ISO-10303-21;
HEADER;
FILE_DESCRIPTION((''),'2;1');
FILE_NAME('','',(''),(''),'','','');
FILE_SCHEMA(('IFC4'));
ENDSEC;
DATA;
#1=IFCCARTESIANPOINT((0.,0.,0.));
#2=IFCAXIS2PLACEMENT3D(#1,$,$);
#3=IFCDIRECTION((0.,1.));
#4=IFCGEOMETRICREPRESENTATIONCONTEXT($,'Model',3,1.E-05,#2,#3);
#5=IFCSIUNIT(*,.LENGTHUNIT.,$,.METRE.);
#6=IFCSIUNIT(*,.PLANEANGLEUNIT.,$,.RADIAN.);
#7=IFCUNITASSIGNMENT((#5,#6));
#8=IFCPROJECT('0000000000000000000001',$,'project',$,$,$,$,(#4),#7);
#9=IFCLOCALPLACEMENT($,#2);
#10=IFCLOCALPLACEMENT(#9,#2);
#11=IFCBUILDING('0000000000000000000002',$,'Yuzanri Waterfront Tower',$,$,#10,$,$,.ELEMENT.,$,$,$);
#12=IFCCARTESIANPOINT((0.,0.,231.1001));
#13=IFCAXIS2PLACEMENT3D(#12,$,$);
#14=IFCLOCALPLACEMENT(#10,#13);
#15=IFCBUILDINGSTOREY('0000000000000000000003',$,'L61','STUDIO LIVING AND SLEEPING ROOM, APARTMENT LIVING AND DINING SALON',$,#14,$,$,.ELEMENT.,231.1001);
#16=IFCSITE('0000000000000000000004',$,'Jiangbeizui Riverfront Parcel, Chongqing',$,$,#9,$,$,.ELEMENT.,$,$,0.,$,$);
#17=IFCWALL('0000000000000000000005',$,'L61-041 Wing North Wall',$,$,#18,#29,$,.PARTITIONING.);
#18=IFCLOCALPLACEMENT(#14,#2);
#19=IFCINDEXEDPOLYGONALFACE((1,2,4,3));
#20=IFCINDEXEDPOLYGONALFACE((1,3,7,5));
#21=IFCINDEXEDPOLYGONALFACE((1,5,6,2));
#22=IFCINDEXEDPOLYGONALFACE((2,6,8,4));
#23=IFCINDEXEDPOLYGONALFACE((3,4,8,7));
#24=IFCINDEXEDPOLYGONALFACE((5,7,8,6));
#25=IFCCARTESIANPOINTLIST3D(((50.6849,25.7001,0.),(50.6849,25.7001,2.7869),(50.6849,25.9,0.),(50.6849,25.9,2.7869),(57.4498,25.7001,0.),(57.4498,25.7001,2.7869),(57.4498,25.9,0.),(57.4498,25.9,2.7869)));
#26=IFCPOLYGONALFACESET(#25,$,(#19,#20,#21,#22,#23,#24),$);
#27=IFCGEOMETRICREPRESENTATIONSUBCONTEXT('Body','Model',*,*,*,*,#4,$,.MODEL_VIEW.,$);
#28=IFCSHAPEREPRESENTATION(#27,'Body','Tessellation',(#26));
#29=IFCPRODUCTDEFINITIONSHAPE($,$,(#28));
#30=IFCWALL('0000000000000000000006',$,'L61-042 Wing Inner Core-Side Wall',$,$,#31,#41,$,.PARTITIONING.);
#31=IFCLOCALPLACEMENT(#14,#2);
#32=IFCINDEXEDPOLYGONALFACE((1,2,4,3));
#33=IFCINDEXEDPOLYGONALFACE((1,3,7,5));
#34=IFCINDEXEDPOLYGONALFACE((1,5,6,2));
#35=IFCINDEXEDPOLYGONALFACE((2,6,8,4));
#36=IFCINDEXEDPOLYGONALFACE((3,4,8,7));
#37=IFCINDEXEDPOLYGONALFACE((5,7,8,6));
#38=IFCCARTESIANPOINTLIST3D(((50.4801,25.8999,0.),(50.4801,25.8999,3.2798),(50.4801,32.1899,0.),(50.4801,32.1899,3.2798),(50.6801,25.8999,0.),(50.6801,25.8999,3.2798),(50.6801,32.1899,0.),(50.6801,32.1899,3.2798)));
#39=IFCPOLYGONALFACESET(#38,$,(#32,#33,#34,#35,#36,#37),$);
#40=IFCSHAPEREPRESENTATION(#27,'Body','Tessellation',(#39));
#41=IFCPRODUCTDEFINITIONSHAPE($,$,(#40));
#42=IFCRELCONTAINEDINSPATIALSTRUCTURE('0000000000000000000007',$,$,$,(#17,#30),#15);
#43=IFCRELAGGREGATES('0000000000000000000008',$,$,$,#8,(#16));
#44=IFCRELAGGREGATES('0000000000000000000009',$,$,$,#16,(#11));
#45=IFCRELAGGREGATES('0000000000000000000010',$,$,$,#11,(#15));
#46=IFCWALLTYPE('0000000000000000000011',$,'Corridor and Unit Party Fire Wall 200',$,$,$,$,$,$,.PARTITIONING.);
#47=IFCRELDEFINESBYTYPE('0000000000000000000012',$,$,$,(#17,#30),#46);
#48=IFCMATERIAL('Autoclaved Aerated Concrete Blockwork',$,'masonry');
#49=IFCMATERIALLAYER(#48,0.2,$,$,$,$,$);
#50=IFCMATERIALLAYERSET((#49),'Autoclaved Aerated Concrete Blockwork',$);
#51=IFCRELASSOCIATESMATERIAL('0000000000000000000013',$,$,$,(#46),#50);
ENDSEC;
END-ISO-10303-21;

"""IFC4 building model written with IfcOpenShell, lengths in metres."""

from ifc_helpers import new_model, si_unit, direction, frame, frame_2d, origin, place, context, subcontext, project, spatial, rectangle, extrude, source, transform, mapped, material, layer, layer_set, type_object, element, save


model = new_model("IFC4")

# Units and contexts
model_context = context("Model", 3, precision=1e-05, world=origin(), true_north=direction((0.0, 1.0)))
body_context = subcontext(model_context, "Body", "Model", "MODEL_VIEW")
ifc_project = project(units=[si_unit("LENGTHUNIT", "METRE"), si_unit("PLANEANGLEUNIT", "RADIAN")], contexts=[model_context])

# Site, building, storey
site_placement = place(None, origin())
site = spatial("IfcSite", under=ifc_project, at=site_placement, Name="Jiangbeizui Riverfront Parcel, Chongqing", CompositionType="ELEMENT", RefElevation=0.0)
building_placement = place(site_placement, origin())
building = spatial("IfcBuilding", under=site, at=building_placement, Name="Yuzanri Waterfront Tower", CompositionType="ELEMENT")
storey_placement = place(building_placement, frame((0.0, 0.0, 231.1001)))
storey = spatial("IfcBuildingStorey", under=building, at=storey_placement, Name="L61", Description="STUDIO LIVING AND SLEEPING ROOM, APARTMENT LIVING AND DINING SALON", CompositionType="ELEMENT", Elevation=231.1001)

# Shared definitions
ifc_material_1 = material(Name="Autoclaved Aerated Concrete Blockwork", Category="masonry")
ifc_layer_1 = layer(ifc_material_1, 0.2)
ifc_layer_set_1 = layer_set([ifc_layer_1], Name="Autoclaved Aerated Concrete Blockwork")
wall_type = type_object("IfcWallType", Name="Corridor and Unit Party Fire Wall 200", PredefinedType="PARTITIONING", material=ifc_layer_set_1)

# Walls
shared_shape_1 = source(origin(), body_context, "Body", "SweptSolid", [
    extrude(rectangle(XDim=6.7649, YDim=0.2, at=frame_2d((3.3823, 0.0))), origin(), (0.0, 0.0, 1.0), 2.7869),
])
wall_1_placement = place(storey_placement, frame((50.6851, 25.8, 0.0), z_axis=(0.0, 0.0, 1.0), x_axis=(1.0, 0.0, 0.0)))
element("IfcWall", 1, at=wall_1_placement, inside=storey, type_object=wall_type, Name="L61-041 Wing North Wall", PredefinedType="PARTITIONING", context=body_context, shape_type="MappedRepresentation", body=[
    mapped(shared_shape_1, transform((0.0, 0.0, 0.0), scale=1.0)),
])
shared_shape_2 = source(origin(), body_context, "Body", "SweptSolid", [
    extrude(rectangle(XDim=6.29, YDim=0.2, at=frame_2d((3.145, 0.0))), origin(), (0.0, 0.0, 1.0), 3.2798),
])
wall_2_placement = place(storey_placement, frame((50.5801, 25.8999, 0.0), z_axis=(0.0, 0.0, 1.0), x_axis=(0.0, 1.0, 0.0)))
element("IfcWall", 2, at=wall_2_placement, inside=storey, type_object=wall_type, Name="L61-042 Wing Inner Core-Side Wall", PredefinedType="PARTITIONING", context=body_context, shape_type="MappedRepresentation", body=[
    mapped(shared_shape_2, transform((0.0, 0.0, 0.0), scale=1.0)),
])

save(model, "model.ifc")
